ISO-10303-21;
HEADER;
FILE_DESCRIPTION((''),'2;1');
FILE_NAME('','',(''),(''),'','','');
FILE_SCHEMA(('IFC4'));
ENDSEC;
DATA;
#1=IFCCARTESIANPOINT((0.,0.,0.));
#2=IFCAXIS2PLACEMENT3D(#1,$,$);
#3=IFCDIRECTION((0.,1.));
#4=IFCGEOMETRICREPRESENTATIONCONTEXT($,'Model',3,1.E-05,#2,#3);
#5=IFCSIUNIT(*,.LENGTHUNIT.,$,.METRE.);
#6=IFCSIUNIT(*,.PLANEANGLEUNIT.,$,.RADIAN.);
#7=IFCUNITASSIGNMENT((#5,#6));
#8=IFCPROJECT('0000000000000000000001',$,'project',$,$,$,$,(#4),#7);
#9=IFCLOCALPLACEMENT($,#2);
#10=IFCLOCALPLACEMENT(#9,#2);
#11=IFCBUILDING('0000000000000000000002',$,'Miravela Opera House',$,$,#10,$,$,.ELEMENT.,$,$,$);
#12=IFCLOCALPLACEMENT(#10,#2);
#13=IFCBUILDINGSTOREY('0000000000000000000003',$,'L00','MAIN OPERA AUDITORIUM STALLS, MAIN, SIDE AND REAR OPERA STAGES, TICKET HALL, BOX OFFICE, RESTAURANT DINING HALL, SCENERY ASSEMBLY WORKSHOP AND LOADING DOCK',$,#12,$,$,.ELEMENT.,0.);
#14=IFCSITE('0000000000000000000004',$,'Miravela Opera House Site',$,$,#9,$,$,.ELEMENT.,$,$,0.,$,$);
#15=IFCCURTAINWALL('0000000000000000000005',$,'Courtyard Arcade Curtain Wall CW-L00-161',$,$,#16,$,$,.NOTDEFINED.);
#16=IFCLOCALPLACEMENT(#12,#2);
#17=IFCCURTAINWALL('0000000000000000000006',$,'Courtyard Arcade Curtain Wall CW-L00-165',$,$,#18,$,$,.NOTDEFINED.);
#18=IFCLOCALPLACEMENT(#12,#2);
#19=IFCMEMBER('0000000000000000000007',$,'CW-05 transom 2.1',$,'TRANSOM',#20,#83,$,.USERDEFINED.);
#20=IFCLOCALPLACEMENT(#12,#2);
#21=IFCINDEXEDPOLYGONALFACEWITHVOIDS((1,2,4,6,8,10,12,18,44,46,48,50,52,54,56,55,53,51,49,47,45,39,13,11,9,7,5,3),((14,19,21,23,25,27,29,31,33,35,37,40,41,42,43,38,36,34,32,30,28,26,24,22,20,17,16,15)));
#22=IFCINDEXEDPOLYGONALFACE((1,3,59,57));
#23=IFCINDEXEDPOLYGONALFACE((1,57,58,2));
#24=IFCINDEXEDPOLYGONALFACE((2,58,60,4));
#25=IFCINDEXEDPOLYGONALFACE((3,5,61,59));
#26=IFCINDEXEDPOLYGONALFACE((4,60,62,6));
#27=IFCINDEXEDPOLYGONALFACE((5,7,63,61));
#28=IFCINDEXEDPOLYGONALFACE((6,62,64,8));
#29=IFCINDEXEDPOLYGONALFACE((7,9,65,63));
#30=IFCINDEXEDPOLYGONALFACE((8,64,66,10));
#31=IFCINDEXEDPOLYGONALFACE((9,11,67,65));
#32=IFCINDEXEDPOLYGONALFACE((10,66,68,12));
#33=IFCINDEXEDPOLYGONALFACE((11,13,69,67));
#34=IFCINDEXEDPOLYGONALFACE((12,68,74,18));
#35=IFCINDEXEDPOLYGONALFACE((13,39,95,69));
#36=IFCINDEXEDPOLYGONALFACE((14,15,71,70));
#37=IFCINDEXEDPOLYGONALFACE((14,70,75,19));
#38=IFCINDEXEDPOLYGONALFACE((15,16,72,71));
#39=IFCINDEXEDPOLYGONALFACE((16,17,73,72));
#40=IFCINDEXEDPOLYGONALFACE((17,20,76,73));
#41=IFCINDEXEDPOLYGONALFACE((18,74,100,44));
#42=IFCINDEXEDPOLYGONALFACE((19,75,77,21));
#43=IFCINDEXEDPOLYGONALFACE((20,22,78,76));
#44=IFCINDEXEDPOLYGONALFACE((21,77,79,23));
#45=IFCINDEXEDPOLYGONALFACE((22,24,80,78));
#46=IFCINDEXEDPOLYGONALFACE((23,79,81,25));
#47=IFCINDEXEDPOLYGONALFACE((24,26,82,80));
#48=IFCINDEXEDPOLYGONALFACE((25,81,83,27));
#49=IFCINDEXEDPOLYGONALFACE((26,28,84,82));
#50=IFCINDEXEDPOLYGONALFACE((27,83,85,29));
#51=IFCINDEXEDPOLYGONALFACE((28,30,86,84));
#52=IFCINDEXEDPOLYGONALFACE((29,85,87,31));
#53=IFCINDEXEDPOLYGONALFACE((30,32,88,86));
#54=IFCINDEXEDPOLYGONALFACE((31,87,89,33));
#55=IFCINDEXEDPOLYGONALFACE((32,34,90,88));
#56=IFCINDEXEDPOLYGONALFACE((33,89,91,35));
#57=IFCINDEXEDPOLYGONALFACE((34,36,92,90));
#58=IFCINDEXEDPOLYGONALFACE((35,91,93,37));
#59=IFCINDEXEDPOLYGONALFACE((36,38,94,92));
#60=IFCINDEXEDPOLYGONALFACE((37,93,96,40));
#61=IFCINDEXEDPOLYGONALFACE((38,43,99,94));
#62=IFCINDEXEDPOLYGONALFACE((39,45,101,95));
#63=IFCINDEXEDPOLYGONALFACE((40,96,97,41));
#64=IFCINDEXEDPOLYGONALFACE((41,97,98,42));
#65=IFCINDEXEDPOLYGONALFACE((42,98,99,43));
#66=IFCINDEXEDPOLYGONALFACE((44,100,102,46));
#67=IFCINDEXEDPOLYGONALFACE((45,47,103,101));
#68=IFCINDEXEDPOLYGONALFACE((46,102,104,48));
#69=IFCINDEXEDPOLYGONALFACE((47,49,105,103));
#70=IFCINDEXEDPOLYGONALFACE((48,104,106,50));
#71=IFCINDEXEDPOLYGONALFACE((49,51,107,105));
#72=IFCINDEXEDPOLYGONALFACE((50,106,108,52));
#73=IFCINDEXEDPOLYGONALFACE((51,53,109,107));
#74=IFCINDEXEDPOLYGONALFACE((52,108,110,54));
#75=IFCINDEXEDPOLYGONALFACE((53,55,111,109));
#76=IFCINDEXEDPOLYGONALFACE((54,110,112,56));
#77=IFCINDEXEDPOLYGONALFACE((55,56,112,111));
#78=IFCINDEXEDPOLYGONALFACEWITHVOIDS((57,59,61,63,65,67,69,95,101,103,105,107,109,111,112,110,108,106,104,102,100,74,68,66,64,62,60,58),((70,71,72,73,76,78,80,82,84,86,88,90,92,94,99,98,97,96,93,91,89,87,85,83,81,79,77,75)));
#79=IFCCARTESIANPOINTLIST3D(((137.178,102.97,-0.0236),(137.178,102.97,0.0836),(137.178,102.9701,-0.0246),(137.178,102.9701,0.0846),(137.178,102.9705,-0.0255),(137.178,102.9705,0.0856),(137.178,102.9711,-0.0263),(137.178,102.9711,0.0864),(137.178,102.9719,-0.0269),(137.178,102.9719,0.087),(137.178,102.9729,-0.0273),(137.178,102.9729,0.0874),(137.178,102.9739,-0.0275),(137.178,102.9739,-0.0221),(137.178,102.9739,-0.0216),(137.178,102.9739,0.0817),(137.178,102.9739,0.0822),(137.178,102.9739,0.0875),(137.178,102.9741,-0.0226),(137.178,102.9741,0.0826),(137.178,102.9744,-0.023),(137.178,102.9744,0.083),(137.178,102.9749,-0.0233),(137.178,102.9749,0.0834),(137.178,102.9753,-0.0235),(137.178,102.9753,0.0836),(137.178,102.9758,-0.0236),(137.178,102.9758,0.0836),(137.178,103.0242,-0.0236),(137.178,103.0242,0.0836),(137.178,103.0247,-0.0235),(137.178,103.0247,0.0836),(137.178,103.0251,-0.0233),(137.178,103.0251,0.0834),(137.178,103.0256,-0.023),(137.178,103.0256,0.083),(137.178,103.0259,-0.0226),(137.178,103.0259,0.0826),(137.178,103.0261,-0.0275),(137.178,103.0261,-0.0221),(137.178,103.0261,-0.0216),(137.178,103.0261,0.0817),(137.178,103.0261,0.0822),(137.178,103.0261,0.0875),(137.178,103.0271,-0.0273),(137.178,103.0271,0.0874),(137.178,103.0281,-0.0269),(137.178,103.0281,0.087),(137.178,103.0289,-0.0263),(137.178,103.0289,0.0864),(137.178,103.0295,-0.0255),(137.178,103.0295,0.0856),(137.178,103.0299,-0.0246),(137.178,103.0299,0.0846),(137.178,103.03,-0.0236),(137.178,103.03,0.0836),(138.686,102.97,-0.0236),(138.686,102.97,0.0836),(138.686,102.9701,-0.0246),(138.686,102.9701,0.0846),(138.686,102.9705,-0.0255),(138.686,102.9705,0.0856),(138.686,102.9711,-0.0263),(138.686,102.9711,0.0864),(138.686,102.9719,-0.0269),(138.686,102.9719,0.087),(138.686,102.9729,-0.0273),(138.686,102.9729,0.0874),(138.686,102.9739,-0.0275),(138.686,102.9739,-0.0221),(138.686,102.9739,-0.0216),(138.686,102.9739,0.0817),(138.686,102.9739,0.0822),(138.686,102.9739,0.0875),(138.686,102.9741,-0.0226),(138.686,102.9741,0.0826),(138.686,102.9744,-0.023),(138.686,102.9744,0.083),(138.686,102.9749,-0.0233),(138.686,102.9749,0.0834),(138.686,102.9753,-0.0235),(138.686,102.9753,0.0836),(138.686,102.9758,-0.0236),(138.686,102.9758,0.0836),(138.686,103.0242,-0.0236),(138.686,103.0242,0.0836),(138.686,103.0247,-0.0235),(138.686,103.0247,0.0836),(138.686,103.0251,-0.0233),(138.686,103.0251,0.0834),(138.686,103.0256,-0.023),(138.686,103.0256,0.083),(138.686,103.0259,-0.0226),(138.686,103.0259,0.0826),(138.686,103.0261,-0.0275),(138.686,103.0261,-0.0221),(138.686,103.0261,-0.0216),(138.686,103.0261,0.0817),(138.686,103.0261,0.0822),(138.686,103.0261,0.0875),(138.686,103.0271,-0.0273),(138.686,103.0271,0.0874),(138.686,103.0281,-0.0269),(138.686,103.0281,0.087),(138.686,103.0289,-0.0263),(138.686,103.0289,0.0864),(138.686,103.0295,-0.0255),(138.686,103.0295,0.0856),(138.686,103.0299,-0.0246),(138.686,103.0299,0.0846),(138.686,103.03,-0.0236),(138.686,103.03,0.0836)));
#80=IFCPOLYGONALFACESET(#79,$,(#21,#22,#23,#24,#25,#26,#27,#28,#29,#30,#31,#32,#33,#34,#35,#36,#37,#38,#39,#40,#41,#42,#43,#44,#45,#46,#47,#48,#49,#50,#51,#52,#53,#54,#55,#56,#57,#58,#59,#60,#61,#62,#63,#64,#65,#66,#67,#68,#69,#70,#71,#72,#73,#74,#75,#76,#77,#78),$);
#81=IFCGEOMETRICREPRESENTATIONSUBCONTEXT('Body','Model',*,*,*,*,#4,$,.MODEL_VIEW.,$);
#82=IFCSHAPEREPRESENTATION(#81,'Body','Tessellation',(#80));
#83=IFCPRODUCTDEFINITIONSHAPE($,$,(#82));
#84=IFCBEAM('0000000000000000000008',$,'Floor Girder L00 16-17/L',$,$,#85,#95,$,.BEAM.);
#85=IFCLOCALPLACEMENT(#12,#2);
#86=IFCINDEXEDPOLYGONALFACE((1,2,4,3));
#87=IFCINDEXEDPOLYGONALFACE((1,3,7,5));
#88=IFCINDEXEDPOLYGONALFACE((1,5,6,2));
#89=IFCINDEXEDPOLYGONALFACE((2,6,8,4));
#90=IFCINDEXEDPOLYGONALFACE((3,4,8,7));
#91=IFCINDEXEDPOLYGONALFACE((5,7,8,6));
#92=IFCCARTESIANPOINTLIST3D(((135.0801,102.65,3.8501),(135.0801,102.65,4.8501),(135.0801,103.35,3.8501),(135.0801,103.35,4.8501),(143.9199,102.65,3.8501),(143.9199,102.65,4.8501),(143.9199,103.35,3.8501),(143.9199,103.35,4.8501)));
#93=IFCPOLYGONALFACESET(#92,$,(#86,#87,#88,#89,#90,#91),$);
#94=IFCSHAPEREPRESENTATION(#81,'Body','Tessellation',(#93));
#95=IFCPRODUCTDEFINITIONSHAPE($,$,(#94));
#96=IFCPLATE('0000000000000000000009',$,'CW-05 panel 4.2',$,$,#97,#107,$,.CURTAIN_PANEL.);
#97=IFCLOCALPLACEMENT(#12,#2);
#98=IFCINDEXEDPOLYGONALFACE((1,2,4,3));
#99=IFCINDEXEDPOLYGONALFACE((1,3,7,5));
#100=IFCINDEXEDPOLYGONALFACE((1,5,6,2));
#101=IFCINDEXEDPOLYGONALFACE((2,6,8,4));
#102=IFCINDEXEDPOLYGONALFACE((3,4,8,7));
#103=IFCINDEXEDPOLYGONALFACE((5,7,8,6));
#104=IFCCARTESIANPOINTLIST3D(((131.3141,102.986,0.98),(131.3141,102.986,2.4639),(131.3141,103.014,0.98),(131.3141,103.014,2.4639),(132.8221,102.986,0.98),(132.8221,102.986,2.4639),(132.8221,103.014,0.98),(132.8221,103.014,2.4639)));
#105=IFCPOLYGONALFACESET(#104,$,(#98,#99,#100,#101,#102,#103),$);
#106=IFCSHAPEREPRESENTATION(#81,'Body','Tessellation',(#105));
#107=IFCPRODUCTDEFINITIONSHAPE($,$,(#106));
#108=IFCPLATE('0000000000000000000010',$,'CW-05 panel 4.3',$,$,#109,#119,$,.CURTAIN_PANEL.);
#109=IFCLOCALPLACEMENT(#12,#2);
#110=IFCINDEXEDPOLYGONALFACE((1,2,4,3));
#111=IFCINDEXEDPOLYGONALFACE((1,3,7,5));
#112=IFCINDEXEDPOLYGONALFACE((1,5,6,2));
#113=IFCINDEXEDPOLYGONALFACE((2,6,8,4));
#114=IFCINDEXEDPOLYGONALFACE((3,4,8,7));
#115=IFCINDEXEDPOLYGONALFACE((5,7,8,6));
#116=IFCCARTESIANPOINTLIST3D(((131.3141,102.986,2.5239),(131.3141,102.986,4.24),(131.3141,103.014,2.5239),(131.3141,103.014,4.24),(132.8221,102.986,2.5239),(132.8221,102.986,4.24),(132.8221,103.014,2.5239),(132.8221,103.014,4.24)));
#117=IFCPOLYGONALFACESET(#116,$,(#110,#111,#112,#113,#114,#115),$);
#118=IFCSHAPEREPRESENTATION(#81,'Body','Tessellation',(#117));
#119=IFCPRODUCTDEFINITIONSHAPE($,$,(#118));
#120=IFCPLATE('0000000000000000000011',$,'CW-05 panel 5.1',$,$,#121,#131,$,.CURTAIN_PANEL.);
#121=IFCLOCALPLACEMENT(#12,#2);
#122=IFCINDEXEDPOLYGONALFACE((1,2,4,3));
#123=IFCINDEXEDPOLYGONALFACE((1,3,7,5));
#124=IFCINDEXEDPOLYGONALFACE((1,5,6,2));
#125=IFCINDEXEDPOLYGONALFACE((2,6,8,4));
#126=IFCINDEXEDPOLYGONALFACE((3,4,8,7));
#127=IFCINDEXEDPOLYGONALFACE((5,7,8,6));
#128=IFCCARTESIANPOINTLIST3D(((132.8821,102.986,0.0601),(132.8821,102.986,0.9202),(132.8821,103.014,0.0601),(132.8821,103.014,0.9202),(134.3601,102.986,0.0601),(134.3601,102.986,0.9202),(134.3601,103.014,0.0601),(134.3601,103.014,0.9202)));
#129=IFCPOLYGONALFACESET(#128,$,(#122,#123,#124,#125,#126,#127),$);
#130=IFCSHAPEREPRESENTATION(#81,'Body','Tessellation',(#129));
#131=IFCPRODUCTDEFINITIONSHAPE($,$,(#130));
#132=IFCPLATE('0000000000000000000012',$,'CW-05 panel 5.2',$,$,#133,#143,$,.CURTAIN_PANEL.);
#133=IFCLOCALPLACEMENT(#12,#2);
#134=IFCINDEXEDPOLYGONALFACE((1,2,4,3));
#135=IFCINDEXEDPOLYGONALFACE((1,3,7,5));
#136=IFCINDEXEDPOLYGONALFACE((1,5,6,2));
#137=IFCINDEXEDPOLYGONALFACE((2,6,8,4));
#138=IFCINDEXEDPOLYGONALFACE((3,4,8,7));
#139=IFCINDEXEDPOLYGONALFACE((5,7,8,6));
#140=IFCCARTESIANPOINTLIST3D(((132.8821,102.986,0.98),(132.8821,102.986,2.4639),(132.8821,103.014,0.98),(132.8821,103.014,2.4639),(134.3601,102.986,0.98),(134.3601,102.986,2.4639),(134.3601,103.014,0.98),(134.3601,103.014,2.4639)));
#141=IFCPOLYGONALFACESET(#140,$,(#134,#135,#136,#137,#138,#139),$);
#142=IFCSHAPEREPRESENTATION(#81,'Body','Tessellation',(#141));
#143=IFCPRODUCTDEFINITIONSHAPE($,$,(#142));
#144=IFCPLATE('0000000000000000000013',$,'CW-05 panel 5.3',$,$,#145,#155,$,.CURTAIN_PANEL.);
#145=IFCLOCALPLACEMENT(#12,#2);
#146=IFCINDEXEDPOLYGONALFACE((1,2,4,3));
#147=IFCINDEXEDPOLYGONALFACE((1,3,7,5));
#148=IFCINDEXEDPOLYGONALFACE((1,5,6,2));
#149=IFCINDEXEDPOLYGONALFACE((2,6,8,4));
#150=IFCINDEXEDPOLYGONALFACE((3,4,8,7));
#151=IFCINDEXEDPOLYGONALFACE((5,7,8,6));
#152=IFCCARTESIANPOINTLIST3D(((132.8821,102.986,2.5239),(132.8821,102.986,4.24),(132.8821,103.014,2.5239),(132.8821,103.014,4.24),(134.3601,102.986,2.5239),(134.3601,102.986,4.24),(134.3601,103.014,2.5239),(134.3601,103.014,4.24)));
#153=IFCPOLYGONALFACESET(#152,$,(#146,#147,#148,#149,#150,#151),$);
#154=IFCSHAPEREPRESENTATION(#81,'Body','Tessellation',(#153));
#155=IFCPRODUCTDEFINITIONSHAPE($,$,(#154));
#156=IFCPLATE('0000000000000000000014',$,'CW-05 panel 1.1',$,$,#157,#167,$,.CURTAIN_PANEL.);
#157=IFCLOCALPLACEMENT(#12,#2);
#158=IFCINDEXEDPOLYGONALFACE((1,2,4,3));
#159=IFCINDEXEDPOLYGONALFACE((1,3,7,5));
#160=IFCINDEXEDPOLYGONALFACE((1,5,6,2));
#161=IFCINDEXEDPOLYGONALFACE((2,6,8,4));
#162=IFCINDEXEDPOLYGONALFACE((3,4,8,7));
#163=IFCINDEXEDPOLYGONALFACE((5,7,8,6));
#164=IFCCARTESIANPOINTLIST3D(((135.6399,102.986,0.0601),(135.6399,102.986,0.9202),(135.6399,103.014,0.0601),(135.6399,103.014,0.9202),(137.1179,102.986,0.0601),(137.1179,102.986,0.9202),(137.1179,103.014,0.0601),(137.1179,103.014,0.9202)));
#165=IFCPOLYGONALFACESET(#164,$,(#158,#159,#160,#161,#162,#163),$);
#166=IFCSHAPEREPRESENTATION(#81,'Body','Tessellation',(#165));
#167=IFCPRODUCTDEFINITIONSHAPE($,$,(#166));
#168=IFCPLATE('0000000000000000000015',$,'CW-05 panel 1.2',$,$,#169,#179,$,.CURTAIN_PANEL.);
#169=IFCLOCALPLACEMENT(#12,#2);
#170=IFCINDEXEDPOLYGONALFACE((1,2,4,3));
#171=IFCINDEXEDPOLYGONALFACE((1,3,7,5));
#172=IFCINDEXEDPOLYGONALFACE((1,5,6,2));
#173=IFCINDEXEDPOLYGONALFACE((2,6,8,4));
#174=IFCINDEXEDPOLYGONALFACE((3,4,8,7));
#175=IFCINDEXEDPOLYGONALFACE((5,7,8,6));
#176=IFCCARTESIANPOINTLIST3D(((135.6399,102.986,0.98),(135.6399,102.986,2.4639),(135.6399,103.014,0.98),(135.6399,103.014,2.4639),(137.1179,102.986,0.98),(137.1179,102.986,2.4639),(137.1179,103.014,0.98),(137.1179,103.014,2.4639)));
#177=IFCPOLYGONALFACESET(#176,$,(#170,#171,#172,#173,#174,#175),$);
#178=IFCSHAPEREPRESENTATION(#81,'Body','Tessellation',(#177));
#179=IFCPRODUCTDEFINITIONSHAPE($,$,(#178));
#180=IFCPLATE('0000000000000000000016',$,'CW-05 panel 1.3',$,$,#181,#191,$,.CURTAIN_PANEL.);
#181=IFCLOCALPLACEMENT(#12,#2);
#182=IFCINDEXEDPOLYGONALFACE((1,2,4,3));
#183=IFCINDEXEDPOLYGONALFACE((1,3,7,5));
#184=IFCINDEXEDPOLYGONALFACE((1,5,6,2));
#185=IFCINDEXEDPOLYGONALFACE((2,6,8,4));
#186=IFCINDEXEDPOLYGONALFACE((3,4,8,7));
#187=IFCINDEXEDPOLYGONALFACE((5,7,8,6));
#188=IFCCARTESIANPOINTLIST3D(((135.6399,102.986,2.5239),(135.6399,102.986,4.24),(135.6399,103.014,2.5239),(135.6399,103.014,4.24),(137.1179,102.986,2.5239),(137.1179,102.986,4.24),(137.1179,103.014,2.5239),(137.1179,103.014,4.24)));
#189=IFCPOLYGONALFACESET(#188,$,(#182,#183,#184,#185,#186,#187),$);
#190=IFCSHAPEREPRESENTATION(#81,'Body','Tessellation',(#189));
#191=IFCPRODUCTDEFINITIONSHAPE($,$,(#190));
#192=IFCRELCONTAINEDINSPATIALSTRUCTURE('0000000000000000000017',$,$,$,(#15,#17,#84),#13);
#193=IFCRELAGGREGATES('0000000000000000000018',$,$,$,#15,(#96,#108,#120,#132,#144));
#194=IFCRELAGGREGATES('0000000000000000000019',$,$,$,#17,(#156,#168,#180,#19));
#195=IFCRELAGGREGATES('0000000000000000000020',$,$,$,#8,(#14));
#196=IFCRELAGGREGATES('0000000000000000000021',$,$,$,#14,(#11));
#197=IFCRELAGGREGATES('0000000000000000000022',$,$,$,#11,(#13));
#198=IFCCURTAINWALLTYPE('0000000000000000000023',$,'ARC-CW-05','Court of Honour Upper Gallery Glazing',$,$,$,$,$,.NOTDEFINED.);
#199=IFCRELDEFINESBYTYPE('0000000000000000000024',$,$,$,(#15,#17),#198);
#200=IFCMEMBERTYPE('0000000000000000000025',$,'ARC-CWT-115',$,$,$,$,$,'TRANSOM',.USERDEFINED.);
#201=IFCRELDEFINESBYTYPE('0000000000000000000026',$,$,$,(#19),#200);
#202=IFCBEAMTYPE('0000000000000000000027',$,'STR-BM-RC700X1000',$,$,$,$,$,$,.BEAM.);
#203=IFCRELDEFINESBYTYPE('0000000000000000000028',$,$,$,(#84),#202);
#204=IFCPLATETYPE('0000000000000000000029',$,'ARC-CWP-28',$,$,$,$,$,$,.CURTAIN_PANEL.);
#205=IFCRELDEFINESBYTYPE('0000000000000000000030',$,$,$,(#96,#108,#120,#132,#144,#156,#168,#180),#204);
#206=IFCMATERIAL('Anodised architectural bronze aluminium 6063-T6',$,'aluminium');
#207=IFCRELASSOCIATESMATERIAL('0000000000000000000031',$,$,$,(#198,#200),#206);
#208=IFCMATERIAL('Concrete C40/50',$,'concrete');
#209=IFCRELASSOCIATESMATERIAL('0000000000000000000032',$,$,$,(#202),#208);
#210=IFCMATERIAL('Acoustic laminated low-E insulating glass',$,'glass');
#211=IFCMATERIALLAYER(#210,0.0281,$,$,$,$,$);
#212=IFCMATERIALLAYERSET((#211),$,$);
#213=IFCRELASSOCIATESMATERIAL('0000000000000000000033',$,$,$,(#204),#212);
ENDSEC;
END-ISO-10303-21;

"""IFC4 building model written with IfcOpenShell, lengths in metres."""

from ifc_helpers import new_model, si_unit, direction, frame, origin, origin_2d, place, context, subcontext, project, spatial, rectangle, hollow_rectangle, extrude, material, layer, layer_set, material_profile, profile_set, type_object, element, aggregate, save


model = new_model("IFC4")

# Units and contexts
model_context = context("Model", 3, precision=1e-05, world=origin(), true_north=direction((0.0, 1.0)))
body_context = subcontext(model_context, "Body", "Model", "MODEL_VIEW")
ifc_project = project(units=[si_unit("LENGTHUNIT", "METRE"), si_unit("PLANEANGLEUNIT", "RADIAN")], contexts=[model_context])

# Site, building, storey
site_placement = place(None, origin())
site = spatial("IfcSite", under=ifc_project, at=site_placement, Name="Miravela Opera House Site", CompositionType="ELEMENT", RefElevation=0.0)
building_placement = place(site_placement, origin())
building = spatial("IfcBuilding", under=site, at=building_placement, Name="Miravela Opera House", CompositionType="ELEMENT")
storey_placement = place(building_placement, origin())
storey = spatial("IfcBuildingStorey", under=building, at=storey_placement, Name="L00", Description="MAIN OPERA AUDITORIUM STALLS, MAIN, SIDE AND REAR OPERA STAGES, TICKET HALL, BOX OFFICE, RESTAURANT DINING HALL, SCENERY ASSEMBLY WORKSHOP AND LOADING DOCK", CompositionType="ELEMENT", Elevation=0.0)

# Curtain walls
ifc_material_1 = material(Name="Anodised architectural bronze aluminium 6063-T6", Category="aluminium")
curtain_wall_type = type_object("IfcCurtainWallType", Name="ARC-CW-05", Description="Court of Honour Upper Gallery Glazing", PredefinedType="NOTDEFINED", material=ifc_material_1)
curtain_wall_1_placement = place(storey_placement, origin())
curtain_wall_1 = element("IfcCurtainWall", 1, at=curtain_wall_1_placement, inside=storey, type_object=curtain_wall_type, Name="Courtyard Arcade Curtain Wall CW-L00-161", PredefinedType="NOTDEFINED")
curtain_wall_2_placement = place(storey_placement, origin())
curtain_wall_2 = element("IfcCurtainWall", 2, at=curtain_wall_2_placement, inside=storey, type_object=curtain_wall_type, Name="Courtyard Arcade Curtain Wall CW-L00-165", PredefinedType="NOTDEFINED")

# Member
ifc_material_profile_1 = material_profile(ifc_material_1, hollow_rectangle(XDim=0.0601, YDim=0.115, WallThickness=0.0039, InnerFilletRadius=0.002, OuterFilletRadius=0.0039, at=origin_2d()), Name="CWT-60X115")
ifc_profile_set_1 = profile_set([ifc_material_profile_1])
member_type_1 = type_object("IfcMemberType", Name="ARC-CWT-115", ElementType="TRANSOM", PredefinedType="USERDEFINED", material=ifc_profile_set_1)
member_1_placement = place(storey_placement, frame((137.178, 103.0, 0.03), z_axis=(1.0, 0.0, 0.0), x_axis=(0.0, 1.0, 0.0)))
member_1 = element("IfcMember", 3, at=member_1_placement, type_object=member_type_1, Name="CW-05 transom 2.1", ObjectType="TRANSOM", PredefinedType="USERDEFINED", context=body_context, shape_type="SweptSolid", body=[
    extrude(hollow_rectangle(XDim=0.0601, YDim=0.115, WallThickness=0.0039, InnerFilletRadius=0.002, OuterFilletRadius=0.0039, at=origin_2d()), origin(), (0.0, 0.0, 1.0), 1.5081),
])

# Beam
ifc_material_2 = material(Name="Concrete C40/50", Category="concrete")
ifc_material_profile_2 = material_profile(ifc_material_2, rectangle(XDim=0.7, YDim=1.0, at=origin_2d()), Name="RC-BM-700X1000")
ifc_profile_set_2 = profile_set([ifc_material_profile_2])
beam_type = type_object("IfcBeamType", Name="STR-BM-RC700X1000", PredefinedType="BEAM", material=ifc_profile_set_2)
beam_placement = place(storey_placement, frame((135.0801, 103.0, 4.3501), z_axis=(1.0, 0.0, 0.0), x_axis=(0.0, 1.0, 0.0)))
element("IfcBeam", 4, at=beam_placement, inside=storey, type_object=beam_type, Name="Floor Girder L00 16-17/L", PredefinedType="BEAM", context=body_context, shape_type="SweptSolid", body=[
    extrude(rectangle(XDim=0.7, YDim=1.0, at=origin_2d()), origin(), (0.0, 0.0, 1.0), 8.8398),
])

# Plates
ifc_material_3 = material(Name="Acoustic laminated low-E insulating glass", Category="glass")
ifc_layer = layer(ifc_material_3, 0.0281)
ifc_layer_set = layer_set([ifc_layer])
plate_type = type_object("IfcPlateType", Name="ARC-CWP-28", PredefinedType="CURTAIN_PANEL", material=ifc_layer_set)
plate_1_placement = place(storey_placement, frame((132.0681, 103.0, 0.98), z_axis=(0.0, 0.0, 1.0), x_axis=(1.0, 0.0, 0.0)))
plate_1 = element("IfcPlate", 5, at=plate_1_placement, type_object=plate_type, Name="CW-05 panel 4.2", PredefinedType="CURTAIN_PANEL", context=body_context, shape_type="SweptSolid", body=[
    extrude(rectangle(XDim=1.5081, YDim=0.0281, at=origin_2d()), origin(), (0.0, 0.0, 1.0), 1.4839),
])
plate_2_placement = place(storey_placement, frame((132.0681, 103.0, 2.5239), z_axis=(0.0, 0.0, 1.0), x_axis=(1.0, 0.0, 0.0)))
plate_2 = element("IfcPlate", 6, at=plate_2_placement, type_object=plate_type, Name="CW-05 panel 4.3", PredefinedType="CURTAIN_PANEL", context=body_context, shape_type="SweptSolid", body=[
    extrude(rectangle(XDim=1.5081, YDim=0.0281, at=origin_2d()), origin(), (0.0, 0.0, 1.0), 1.7161),
])
plate_3_placement = place(storey_placement, frame((133.6211, 103.0, 0.0601), z_axis=(0.0, 0.0, 1.0), x_axis=(1.0, 0.0, 0.0)))
plate_3 = element("IfcPlate", 7, at=plate_3_placement, type_object=plate_type, Name="CW-05 panel 5.1", PredefinedType="CURTAIN_PANEL", context=body_context, shape_type="SweptSolid", body=[
    extrude(rectangle(XDim=1.478, YDim=0.0281, at=origin_2d()), origin(), (0.0, 0.0, 1.0), 0.8601),
])
plate_4_placement = place(storey_placement, frame((133.6211, 103.0, 0.98), z_axis=(0.0, 0.0, 1.0), x_axis=(1.0, 0.0, 0.0)))
plate_4 = element("IfcPlate", 8, at=plate_4_placement, type_object=plate_type, Name="CW-05 panel 5.2", PredefinedType="CURTAIN_PANEL", context=body_context, shape_type="SweptSolid", body=[
    extrude(rectangle(XDim=1.478, YDim=0.0281, at=origin_2d()), origin(), (0.0, 0.0, 1.0), 1.4839),
])
plate_5_placement = place(storey_placement, frame((133.6211, 103.0, 2.5239), z_axis=(0.0, 0.0, 1.0), x_axis=(1.0, 0.0, 0.0)))
plate_5 = element("IfcPlate", 9, at=plate_5_placement, type_object=plate_type, Name="CW-05 panel 5.3", PredefinedType="CURTAIN_PANEL", context=body_context, shape_type="SweptSolid", body=[
    extrude(rectangle(XDim=1.478, YDim=0.0281, at=origin_2d()), origin(), (0.0, 0.0, 1.0), 1.7161),
])
aggregate(curtain_wall_1, [plate_1, plate_2, plate_3, plate_4, plate_5])
plate_6_placement = place(storey_placement, frame((136.3789, 103.0, 0.0601), z_axis=(0.0, 0.0, 1.0), x_axis=(1.0, 0.0, 0.0)))
plate_6 = element("IfcPlate", 10, at=plate_6_placement, type_object=plate_type, Name="CW-05 panel 1.1", PredefinedType="CURTAIN_PANEL", context=body_context, shape_type="SweptSolid", body=[
    extrude(rectangle(XDim=1.478, YDim=0.0281, at=origin_2d()), origin(), (0.0, 0.0, 1.0), 0.8601),
])
plate_7_placement = place(storey_placement, frame((136.3789, 103.0, 0.98), z_axis=(0.0, 0.0, 1.0), x_axis=(1.0, 0.0, 0.0)))
plate_7 = element("IfcPlate", 11, at=plate_7_placement, type_object=plate_type, Name="CW-05 panel 1.2", PredefinedType="CURTAIN_PANEL", context=body_context, shape_type="SweptSolid", body=[
    extrude(rectangle(XDim=1.478, YDim=0.0281, at=origin_2d()), origin(), (0.0, 0.0, 1.0), 1.4839),
])
plate_8_placement = place(storey_placement, frame((136.3789, 103.0, 2.5239), z_axis=(0.0, 0.0, 1.0), x_axis=(1.0, 0.0, 0.0)))
plate_8 = element("IfcPlate", 12, at=plate_8_placement, type_object=plate_type, Name="CW-05 panel 1.3", PredefinedType="CURTAIN_PANEL", context=body_context, shape_type="SweptSolid", body=[
    extrude(rectangle(XDim=1.478, YDim=0.0281, at=origin_2d()), origin(), (0.0, 0.0, 1.0), 1.7161),
])
aggregate(curtain_wall_2, [plate_6, plate_7, plate_8, member_1])

save(model, "model.ifc")
